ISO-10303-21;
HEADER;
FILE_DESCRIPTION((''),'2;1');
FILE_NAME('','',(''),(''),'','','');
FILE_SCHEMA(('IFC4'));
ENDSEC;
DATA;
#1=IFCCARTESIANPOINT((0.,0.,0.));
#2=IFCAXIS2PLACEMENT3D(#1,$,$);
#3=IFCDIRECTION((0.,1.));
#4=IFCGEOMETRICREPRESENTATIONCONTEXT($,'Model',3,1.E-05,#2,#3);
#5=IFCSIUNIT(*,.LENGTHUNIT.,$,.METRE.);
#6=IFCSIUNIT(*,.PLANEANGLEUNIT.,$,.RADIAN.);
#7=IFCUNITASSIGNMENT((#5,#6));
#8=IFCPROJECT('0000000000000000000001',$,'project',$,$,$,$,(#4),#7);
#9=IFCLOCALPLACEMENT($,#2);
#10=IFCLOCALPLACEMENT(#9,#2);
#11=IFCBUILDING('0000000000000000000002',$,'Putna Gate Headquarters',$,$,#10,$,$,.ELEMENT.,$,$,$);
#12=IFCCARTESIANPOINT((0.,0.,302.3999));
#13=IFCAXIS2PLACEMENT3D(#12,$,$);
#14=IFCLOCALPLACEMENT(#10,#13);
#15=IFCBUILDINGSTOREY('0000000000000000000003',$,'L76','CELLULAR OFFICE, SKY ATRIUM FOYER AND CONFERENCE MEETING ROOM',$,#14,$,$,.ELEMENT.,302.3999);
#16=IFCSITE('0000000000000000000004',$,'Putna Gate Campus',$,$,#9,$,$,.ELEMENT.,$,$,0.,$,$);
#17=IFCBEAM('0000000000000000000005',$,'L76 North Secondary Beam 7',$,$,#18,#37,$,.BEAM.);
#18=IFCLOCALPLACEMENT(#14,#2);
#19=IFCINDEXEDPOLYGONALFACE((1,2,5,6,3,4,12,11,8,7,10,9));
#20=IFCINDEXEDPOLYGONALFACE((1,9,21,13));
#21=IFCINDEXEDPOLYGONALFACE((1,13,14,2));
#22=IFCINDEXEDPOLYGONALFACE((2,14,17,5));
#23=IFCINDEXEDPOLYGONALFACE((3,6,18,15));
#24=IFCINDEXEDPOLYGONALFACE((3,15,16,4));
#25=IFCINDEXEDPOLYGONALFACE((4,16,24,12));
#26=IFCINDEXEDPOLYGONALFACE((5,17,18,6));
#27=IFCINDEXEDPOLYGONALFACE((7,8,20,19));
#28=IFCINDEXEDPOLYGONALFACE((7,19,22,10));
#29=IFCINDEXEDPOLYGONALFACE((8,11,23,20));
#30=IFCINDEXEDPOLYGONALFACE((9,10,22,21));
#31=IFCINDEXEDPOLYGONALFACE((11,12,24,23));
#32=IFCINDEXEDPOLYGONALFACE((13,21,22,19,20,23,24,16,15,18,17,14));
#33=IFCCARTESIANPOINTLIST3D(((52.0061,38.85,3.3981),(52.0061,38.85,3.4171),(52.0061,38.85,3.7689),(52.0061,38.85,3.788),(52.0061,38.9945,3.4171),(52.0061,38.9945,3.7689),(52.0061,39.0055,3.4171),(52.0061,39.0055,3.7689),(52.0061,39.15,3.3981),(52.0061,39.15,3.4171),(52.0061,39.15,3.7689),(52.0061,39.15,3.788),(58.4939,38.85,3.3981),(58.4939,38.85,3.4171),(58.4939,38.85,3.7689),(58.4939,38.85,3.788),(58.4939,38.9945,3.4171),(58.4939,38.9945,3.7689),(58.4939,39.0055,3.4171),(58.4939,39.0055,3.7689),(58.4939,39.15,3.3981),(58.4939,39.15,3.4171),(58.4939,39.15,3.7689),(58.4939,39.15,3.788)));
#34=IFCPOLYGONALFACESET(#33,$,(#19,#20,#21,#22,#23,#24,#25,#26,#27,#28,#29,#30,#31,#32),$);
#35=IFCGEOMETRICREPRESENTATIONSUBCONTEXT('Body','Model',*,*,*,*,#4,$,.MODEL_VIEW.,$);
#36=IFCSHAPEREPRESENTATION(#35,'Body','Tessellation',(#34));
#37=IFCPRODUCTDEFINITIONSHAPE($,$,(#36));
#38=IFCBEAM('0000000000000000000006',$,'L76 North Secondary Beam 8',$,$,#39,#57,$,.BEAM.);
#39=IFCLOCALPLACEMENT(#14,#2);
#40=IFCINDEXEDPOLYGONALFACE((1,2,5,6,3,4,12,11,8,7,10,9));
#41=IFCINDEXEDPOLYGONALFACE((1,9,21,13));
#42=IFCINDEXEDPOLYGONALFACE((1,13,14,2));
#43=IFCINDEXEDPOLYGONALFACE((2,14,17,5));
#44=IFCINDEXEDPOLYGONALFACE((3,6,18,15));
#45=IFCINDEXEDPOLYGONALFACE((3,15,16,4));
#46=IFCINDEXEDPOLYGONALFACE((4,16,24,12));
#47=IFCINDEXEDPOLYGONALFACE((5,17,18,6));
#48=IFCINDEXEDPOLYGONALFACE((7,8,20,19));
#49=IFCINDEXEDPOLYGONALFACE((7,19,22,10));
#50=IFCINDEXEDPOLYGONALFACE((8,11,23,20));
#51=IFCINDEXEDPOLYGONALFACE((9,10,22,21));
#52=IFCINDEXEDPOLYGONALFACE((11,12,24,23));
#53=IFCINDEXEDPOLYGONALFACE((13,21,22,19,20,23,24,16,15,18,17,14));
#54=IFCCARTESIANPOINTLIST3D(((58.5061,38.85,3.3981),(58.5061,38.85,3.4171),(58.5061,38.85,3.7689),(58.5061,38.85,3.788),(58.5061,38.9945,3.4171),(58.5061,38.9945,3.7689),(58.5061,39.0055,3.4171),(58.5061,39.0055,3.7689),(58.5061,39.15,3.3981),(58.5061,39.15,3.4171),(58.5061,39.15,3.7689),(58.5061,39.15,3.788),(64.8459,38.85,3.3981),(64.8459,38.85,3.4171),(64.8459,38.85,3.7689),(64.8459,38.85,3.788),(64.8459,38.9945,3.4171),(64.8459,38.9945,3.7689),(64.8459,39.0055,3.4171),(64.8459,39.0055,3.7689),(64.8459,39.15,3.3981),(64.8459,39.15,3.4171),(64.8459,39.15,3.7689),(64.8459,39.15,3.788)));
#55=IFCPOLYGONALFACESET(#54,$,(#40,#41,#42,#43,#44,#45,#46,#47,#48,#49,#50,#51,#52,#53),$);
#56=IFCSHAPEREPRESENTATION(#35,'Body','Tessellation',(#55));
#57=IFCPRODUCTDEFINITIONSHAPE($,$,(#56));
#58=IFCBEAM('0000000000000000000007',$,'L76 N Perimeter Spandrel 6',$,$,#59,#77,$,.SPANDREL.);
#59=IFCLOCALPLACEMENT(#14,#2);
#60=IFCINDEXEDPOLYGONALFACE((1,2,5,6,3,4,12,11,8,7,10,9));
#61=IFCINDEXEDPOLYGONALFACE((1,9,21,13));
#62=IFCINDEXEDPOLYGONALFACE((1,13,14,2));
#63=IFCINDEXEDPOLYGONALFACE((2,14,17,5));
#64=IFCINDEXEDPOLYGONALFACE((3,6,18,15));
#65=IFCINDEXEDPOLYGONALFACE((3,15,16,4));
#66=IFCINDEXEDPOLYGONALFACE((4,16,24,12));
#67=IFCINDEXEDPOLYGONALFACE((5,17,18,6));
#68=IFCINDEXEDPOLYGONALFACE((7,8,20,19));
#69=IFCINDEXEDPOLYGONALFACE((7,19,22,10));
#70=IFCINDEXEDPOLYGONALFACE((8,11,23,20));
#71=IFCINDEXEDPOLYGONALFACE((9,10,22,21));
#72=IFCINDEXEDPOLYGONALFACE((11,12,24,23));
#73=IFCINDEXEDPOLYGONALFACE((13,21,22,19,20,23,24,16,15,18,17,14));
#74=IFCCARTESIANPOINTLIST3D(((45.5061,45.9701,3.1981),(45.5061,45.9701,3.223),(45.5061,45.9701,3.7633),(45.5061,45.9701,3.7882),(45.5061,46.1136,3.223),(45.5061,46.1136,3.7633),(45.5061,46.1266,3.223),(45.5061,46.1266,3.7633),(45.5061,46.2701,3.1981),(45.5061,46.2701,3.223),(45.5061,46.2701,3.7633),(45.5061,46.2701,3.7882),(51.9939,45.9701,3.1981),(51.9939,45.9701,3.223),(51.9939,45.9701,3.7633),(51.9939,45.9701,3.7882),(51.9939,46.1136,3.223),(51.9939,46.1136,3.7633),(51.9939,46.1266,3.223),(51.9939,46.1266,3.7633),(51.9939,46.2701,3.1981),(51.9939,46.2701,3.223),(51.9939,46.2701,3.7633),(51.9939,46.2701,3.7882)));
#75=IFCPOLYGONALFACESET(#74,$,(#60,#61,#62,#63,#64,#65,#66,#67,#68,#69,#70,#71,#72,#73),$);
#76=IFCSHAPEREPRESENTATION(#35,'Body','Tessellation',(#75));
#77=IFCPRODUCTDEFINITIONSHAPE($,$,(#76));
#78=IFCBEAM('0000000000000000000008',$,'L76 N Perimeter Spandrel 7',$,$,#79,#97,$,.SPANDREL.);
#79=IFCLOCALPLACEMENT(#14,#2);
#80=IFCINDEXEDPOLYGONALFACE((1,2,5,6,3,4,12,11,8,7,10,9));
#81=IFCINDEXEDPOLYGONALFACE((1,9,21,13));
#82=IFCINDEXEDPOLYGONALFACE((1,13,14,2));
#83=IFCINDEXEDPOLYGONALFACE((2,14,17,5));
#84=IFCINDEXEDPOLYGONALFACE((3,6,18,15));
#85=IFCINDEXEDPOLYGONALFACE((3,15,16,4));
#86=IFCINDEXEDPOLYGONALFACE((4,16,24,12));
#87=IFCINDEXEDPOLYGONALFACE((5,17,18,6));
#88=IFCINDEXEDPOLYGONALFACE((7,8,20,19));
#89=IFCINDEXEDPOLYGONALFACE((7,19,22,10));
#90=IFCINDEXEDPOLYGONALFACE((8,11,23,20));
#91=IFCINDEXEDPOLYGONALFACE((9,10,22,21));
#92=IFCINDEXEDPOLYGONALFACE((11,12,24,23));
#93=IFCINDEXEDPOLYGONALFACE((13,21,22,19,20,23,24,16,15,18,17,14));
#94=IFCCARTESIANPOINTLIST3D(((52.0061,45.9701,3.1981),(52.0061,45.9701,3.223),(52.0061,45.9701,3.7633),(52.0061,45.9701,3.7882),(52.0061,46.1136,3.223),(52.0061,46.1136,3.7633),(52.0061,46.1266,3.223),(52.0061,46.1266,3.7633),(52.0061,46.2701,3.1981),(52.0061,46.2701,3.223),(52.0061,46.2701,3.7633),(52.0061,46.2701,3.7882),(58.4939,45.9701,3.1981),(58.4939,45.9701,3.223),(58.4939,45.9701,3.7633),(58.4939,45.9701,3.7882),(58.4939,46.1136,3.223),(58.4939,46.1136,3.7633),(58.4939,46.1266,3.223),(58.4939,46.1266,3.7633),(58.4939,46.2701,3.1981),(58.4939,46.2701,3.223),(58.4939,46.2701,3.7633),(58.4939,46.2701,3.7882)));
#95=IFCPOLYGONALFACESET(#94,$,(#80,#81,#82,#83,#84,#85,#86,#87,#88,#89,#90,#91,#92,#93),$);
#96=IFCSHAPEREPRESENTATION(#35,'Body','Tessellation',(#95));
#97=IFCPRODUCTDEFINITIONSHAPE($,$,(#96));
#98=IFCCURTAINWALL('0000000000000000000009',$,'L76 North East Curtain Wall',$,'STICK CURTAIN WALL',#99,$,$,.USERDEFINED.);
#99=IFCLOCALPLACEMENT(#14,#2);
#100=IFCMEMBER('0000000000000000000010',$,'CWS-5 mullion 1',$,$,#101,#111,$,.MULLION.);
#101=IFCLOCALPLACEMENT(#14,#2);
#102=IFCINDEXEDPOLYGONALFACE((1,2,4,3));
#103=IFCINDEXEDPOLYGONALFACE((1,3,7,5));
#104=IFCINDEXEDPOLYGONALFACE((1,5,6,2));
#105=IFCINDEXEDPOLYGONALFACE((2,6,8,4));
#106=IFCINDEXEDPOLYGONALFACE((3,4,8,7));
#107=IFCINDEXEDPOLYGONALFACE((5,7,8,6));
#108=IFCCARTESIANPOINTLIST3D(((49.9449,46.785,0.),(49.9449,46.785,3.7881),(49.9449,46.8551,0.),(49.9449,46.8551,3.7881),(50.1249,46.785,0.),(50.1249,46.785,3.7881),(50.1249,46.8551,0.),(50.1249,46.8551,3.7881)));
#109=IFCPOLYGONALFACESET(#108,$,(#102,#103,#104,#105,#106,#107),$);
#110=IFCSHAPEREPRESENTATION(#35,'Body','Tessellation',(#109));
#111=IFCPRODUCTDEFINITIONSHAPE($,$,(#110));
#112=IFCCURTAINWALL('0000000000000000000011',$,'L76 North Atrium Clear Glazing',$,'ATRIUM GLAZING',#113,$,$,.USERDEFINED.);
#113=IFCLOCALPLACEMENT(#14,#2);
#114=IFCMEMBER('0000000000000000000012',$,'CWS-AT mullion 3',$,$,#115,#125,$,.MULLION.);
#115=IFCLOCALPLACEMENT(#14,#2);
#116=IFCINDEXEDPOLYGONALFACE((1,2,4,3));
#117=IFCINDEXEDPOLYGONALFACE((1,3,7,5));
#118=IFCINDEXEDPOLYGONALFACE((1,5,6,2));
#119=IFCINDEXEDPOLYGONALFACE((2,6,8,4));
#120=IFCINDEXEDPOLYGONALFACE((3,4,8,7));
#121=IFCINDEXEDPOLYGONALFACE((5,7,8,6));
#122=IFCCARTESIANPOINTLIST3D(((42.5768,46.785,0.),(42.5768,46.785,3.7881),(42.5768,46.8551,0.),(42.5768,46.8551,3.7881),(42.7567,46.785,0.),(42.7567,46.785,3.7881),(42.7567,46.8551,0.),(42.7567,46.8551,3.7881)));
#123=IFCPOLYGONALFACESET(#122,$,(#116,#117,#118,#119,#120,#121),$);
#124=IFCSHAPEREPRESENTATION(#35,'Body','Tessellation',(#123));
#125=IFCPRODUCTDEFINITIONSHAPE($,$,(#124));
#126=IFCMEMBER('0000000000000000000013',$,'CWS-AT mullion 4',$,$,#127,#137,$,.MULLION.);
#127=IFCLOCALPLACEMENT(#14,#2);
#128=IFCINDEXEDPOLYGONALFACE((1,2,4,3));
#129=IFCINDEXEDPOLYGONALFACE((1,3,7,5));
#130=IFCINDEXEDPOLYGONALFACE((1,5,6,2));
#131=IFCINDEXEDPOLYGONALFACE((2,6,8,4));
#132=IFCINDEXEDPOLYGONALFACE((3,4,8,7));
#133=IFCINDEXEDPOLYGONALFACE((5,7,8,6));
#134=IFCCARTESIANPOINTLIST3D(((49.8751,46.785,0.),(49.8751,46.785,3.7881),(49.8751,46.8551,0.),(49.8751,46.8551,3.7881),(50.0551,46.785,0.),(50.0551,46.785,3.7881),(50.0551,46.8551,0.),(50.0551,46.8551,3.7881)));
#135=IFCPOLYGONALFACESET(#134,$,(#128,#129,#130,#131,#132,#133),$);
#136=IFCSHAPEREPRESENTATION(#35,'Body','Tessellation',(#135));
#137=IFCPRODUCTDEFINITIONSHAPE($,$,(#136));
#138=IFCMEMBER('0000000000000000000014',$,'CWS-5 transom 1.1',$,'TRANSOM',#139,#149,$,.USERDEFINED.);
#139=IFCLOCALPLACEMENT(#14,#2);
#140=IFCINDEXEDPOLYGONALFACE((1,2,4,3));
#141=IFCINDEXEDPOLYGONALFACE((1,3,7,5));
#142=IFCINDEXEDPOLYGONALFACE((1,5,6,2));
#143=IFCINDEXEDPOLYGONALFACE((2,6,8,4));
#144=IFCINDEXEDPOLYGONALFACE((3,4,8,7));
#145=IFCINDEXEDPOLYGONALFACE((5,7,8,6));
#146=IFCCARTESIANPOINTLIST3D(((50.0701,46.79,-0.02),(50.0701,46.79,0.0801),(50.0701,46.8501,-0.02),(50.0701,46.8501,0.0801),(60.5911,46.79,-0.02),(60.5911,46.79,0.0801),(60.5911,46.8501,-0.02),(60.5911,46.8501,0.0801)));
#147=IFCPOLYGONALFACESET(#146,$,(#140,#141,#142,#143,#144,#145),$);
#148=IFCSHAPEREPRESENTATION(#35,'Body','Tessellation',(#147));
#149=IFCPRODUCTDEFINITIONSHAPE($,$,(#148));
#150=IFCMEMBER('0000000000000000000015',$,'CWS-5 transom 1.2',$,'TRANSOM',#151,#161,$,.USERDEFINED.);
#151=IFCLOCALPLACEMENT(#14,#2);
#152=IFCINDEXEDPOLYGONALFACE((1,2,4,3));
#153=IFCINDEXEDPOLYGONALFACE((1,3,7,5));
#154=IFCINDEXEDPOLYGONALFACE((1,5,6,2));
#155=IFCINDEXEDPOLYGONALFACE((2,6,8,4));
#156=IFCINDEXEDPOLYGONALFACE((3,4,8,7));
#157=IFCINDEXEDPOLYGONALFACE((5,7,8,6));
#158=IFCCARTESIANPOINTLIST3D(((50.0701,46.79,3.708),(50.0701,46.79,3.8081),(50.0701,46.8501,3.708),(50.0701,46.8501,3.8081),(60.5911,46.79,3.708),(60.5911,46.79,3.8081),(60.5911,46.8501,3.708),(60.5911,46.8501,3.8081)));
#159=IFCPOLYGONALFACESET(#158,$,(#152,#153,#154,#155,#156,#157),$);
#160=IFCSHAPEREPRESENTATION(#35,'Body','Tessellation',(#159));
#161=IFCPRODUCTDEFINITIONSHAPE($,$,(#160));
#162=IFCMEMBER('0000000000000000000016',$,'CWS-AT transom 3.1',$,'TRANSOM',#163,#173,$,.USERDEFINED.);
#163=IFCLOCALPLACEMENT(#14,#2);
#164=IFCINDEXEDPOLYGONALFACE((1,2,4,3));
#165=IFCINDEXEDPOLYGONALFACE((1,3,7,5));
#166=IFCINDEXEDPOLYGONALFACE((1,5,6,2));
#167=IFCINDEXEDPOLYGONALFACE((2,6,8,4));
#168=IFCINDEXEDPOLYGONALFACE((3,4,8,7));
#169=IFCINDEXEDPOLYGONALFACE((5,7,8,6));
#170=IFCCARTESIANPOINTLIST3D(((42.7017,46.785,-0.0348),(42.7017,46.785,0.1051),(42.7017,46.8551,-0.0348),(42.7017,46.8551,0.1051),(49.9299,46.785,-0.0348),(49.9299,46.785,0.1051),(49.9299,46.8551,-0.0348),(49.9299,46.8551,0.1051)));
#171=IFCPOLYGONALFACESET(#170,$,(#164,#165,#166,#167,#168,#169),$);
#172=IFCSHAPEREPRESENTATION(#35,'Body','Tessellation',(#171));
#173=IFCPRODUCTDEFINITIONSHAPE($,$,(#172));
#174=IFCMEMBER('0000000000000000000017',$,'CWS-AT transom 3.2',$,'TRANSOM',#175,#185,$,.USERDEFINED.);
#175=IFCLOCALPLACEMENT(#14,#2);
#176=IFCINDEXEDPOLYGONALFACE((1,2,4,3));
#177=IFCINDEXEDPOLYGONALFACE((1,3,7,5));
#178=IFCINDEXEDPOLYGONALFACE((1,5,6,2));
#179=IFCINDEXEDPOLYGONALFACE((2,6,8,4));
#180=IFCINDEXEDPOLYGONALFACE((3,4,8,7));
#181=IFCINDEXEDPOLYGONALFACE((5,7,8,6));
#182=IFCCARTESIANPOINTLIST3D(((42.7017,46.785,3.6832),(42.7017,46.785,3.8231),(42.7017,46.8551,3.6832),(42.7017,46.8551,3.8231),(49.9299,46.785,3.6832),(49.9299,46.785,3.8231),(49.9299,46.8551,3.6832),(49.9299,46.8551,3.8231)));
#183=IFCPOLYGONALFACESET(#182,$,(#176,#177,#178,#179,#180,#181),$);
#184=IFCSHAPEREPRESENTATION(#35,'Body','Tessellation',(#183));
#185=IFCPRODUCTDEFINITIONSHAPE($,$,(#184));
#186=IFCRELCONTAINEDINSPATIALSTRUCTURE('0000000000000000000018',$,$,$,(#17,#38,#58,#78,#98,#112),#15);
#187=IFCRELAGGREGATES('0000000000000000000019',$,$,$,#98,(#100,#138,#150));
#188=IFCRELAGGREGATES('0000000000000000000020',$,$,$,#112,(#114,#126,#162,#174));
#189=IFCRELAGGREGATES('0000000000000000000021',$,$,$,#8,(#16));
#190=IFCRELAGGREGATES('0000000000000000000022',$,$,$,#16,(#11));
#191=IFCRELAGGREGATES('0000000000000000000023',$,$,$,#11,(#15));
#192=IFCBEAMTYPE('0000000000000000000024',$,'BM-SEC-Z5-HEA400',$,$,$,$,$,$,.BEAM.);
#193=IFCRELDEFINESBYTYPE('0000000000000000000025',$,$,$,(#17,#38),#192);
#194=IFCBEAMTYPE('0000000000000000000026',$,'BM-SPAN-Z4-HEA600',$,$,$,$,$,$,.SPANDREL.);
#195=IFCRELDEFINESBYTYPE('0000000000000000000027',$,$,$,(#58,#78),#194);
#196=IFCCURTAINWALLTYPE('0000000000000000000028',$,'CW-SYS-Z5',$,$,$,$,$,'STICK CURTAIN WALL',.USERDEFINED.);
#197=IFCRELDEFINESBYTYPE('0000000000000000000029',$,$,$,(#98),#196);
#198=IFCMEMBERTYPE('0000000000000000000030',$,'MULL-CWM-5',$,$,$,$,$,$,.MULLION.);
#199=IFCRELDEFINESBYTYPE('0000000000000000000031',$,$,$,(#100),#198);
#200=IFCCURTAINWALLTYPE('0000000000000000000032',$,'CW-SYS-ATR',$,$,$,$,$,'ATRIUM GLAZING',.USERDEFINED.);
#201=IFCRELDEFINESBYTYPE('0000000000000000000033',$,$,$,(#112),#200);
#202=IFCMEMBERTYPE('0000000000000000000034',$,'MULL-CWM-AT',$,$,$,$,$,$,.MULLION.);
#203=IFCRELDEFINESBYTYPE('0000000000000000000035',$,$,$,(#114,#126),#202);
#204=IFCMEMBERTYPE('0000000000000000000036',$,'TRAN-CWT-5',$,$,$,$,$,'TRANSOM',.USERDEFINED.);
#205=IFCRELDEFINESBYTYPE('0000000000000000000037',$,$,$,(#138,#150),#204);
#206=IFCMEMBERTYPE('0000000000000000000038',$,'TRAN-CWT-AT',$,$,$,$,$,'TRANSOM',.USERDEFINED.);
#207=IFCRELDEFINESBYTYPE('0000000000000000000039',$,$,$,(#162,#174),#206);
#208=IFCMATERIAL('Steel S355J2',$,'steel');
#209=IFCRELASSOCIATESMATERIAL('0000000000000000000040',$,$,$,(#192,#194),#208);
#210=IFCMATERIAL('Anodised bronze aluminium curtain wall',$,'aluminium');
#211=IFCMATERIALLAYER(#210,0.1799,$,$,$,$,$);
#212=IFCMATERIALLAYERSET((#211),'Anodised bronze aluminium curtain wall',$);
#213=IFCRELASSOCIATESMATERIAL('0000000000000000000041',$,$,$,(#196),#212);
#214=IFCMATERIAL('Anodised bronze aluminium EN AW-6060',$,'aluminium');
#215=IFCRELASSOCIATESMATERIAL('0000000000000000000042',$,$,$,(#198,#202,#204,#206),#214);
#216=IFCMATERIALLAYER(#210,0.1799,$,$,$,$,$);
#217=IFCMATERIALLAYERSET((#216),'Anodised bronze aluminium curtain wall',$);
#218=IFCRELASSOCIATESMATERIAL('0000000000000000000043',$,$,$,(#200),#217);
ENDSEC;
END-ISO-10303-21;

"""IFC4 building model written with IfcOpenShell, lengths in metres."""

from ifc_helpers import new_model, si_unit, direction, frame, origin, origin_2d, place, context, subcontext, project, spatial, rectangle, i_section, extrude, material, layer, layer_set, material_profile, profile_set, type_object, element, aggregate, save


model = new_model("IFC4")

# Units and contexts
model_context = context("Model", 3, precision=1e-05, world=origin(), true_north=direction((0.0, 1.0)))
body_context = subcontext(model_context, "Body", "Model", "MODEL_VIEW")
ifc_project = project(units=[si_unit("LENGTHUNIT", "METRE"), si_unit("PLANEANGLEUNIT", "RADIAN")], contexts=[model_context])

# Site, building, storey
site_placement = place(None, origin())
site = spatial("IfcSite", under=ifc_project, at=site_placement, Name="Putna Gate Campus", CompositionType="ELEMENT", RefElevation=0.0)
building_placement = place(site_placement, origin())
building = spatial("IfcBuilding", under=site, at=building_placement, Name="Putna Gate Headquarters", CompositionType="ELEMENT")
storey_placement = place(building_placement, frame((0.0, 0.0, 302.3999)))
storey = spatial("IfcBuildingStorey", under=building, at=storey_placement, Name="L76", Description="CELLULAR OFFICE, SKY ATRIUM FOYER AND CONFERENCE MEETING ROOM", CompositionType="ELEMENT", Elevation=302.3999)

# Beams
ifc_material_1 = material(Name="Steel S355J2", Category="steel")
ifc_material_profile_1 = material_profile(ifc_material_1, i_section(OverallWidth=0.3, OverallDepth=0.3899, WebThickness=0.011, FlangeThickness=0.019, at=origin_2d()), Name="Steel S355J2")
ifc_profile_set_1 = profile_set([ifc_material_profile_1], Name="Steel S355J2")
beam_type_1 = type_object("IfcBeamType", Name="BM-SEC-Z5-HEA400", PredefinedType="BEAM", material=ifc_profile_set_1)
beam_1_placement = place(storey_placement, frame((52.0061, 39.0, 3.593), z_axis=(1.0, 0.0, 0.0), x_axis=(0.0, 1.0, 0.0)))
element("IfcBeam", 1, at=beam_1_placement, inside=storey, type_object=beam_type_1, Name="L76 North Secondary Beam 7", PredefinedType="BEAM", context=body_context, shape_type="SweptSolid", body=[
    extrude(i_section(OverallWidth=0.3, OverallDepth=0.3899, WebThickness=0.011, FlangeThickness=0.019, at=origin_2d()), origin(), (0.0, 0.0, 1.0), 6.4878),
])
beam_2_placement = place(storey_placement, frame((58.5061, 39.0, 3.593), z_axis=(1.0, 0.0, 0.0), x_axis=(0.0, 1.0, 0.0)))
element("IfcBeam", 2, at=beam_2_placement, inside=storey, type_object=beam_type_1, Name="L76 North Secondary Beam 8", PredefinedType="BEAM", context=body_context, shape_type="SweptSolid", body=[
    extrude(i_section(OverallWidth=0.3, OverallDepth=0.3899, WebThickness=0.011, FlangeThickness=0.019, at=origin_2d()), origin(), (0.0, 0.0, 1.0), 6.3398),
])
ifc_material_profile_2 = material_profile(ifc_material_1, i_section(OverallWidth=0.3, OverallDepth=0.5901, WebThickness=0.0129, FlangeThickness=0.0249, at=origin_2d()), Name="Steel S355J2")
ifc_profile_set_2 = profile_set([ifc_material_profile_2], Name="Steel S355J2")
beam_type_2 = type_object("IfcBeamType", Name="BM-SPAN-Z4-HEA600", PredefinedType="SPANDREL", material=ifc_profile_set_2)
for number, where, z_axis, x_axis, name in (
    (3, (45.5061, 46.1201, 3.4932), (1.0, 0.0, 0.0), (0.0, 1.0, 0.0), "L76 N Perimeter Spandrel 6"),
    (4, (52.0061, 46.1201, 3.4932), (1.0, 0.0, 0.0), (0.0, 1.0, 0.0), "L76 N Perimeter Spandrel 7"),
):
    element("IfcBeam", number, at=place(storey_placement, frame(where, z_axis=z_axis, x_axis=x_axis)), inside=storey, type_object=beam_type_2, Name=name, PredefinedType="SPANDREL", context=body_context, shape_type="SweptSolid", body=[
        extrude(i_section(OverallWidth=0.3, OverallDepth=0.5901, WebThickness=0.0129, FlangeThickness=0.0249, at=origin_2d()), origin(), (0.0, 0.0, 1.0), 6.4878),
    ])

# Curtain wall, member
ifc_material_2 = material(Name="Anodised bronze aluminium curtain wall", Category="aluminium")
ifc_layer_1 = layer(ifc_material_2, 0.1799)
ifc_layer_set_1 = layer_set([ifc_layer_1], Name="Anodised bronze aluminium curtain wall")
curtain_wall_type_1 = type_object("IfcCurtainWallType", Name="CW-SYS-Z5", ElementType="STICK CURTAIN WALL", PredefinedType="USERDEFINED", material=ifc_layer_set_1)
curtain_wall_1_placement = place(storey_placement, origin())
curtain_wall_1 = element("IfcCurtainWall", 5, at=curtain_wall_1_placement, inside=storey, type_object=curtain_wall_type_1, Name="L76 North East Curtain Wall", ObjectType="STICK CURTAIN WALL", PredefinedType="USERDEFINED")
ifc_material_3 = material(Name="Anodised bronze aluminium EN AW-6060", Category="aluminium")
ifc_material_profile_3 = material_profile(ifc_material_3, rectangle(XDim=0.0701, YDim=0.1799, at=origin_2d()), Name="Anodised bronze aluminium EN AW-6060")
ifc_profile_set_3 = profile_set([ifc_material_profile_3], Name="Anodised bronze aluminium EN AW-6060")
member_type_1 = type_object("IfcMemberType", Name="MULL-CWM-5", PredefinedType="MULLION", material=ifc_profile_set_3)
member_1_placement = place(storey_placement, frame((50.0349, 46.8201, 0.0), z_axis=(0.0, 0.0, 1.0), x_axis=(0.0, 1.0, 0.0)))
member_1 = element("IfcMember", 6, at=member_1_placement, type_object=member_type_1, Name="CWS-5 mullion 1", PredefinedType="MULLION", context=body_context, shape_type="SweptSolid", body=[
    extrude(rectangle(XDim=0.0701, YDim=0.1799, at=origin_2d()), origin(), (0.0, 0.0, 1.0), 3.7881),
])

# Curtain wall, members
ifc_layer_2 = layer(ifc_material_2, 0.1799)
ifc_layer_set_2 = layer_set([ifc_layer_2], Name="Anodised bronze aluminium curtain wall")
curtain_wall_type_2 = type_object("IfcCurtainWallType", Name="CW-SYS-ATR", ElementType="ATRIUM GLAZING", PredefinedType="USERDEFINED", material=ifc_layer_set_2)
curtain_wall_2_placement = place(storey_placement, origin())
curtain_wall_2 = element("IfcCurtainWall", 7, at=curtain_wall_2_placement, inside=storey, type_object=curtain_wall_type_2, Name="L76 North Atrium Clear Glazing", ObjectType="ATRIUM GLAZING", PredefinedType="USERDEFINED")
ifc_material_profile_4 = material_profile(ifc_material_3, rectangle(XDim=0.0701, YDim=0.1799, at=origin_2d()), Name="Anodised bronze aluminium EN AW-6060")
ifc_profile_set_4 = profile_set([ifc_material_profile_4], Name="Anodised bronze aluminium EN AW-6060")
member_type_2 = type_object("IfcMemberType", Name="MULL-CWM-AT", PredefinedType="MULLION", material=ifc_profile_set_4)
member_2_placement = place(storey_placement, frame((42.6667, 46.8201, 0.0), z_axis=(0.0, 0.0, 1.0), x_axis=(0.0, 1.0, 0.0)))
member_2 = element("IfcMember", 8, at=member_2_placement, type_object=member_type_2, Name="CWS-AT mullion 3", PredefinedType="MULLION", context=body_context, shape_type="SweptSolid", body=[
    extrude(rectangle(XDim=0.0701, YDim=0.1799, at=origin_2d()), origin(), (0.0, 0.0, 1.0), 3.7881),
])
member_3_placement = place(storey_placement, frame((49.9651, 46.8201, 0.0), z_axis=(0.0, 0.0, 1.0), x_axis=(0.0, 1.0, 0.0)))
member_3 = element("IfcMember", 9, at=member_3_placement, type_object=member_type_2, Name="CWS-AT mullion 4", PredefinedType="MULLION", context=body_context, shape_type="SweptSolid", body=[
    extrude(rectangle(XDim=0.0701, YDim=0.1799, at=origin_2d()), origin(), (0.0, 0.0, 1.0), 3.7881),
])

# Members
ifc_material_profile_5 = material_profile(ifc_material_3, rectangle(XDim=0.0601, YDim=0.1001, at=origin_2d()), Name="Anodised bronze aluminium EN AW-6060")
ifc_profile_set_5 = profile_set([ifc_material_profile_5], Name="Anodised bronze aluminium EN AW-6060")
member_type_3 = type_object("IfcMemberType", Name="TRAN-CWT-5", ElementType="TRANSOM", PredefinedType="USERDEFINED", material=ifc_profile_set_5)
member_4_placement = place(storey_placement, frame((50.0701, 46.8201, 0.03), z_axis=(1.0, 0.0, 0.0), x_axis=(0.0, 1.0, 0.0)))
member_4 = element("IfcMember", 10, at=member_4_placement, type_object=member_type_3, Name="CWS-5 transom 1.1", ObjectType="TRANSOM", PredefinedType="USERDEFINED", context=body_context, shape_type="SweptSolid", body=[
    extrude(rectangle(XDim=0.0601, YDim=0.1001, at=origin_2d()), origin(), (0.0, 0.0, 1.0), 10.521),
])
member_5_placement = place(storey_placement, frame((50.0701, 46.8201, 3.7581), z_axis=(1.0, 0.0, 0.0), x_axis=(0.0, 1.0, 0.0)))
member_5 = element("IfcMember", 11, at=member_5_placement, type_object=member_type_3, Name="CWS-5 transom 1.2", ObjectType="TRANSOM", PredefinedType="USERDEFINED", context=body_context, shape_type="SweptSolid", body=[
    extrude(rectangle(XDim=0.0601, YDim=0.1001, at=origin_2d()), origin(), (0.0, 0.0, 1.0), 10.521),
])
ifc_material_profile_6 = material_profile(ifc_material_3, rectangle(XDim=0.0701, YDim=0.1399, at=origin_2d()), Name="Anodised bronze aluminium EN AW-6060")
ifc_profile_set_6 = profile_set([ifc_material_profile_6], Name="Anodised bronze aluminium EN AW-6060")
member_type_4 = type_object("IfcMemberType", Name="TRAN-CWT-AT", ElementType="TRANSOM", PredefinedType="USERDEFINED", material=ifc_profile_set_6)
member_6_placement = place(storey_placement, frame((42.7017, 46.8201, 0.0352), z_axis=(1.0, 0.0, 0.0), x_axis=(0.0, 1.0, 0.0)))
member_6 = element("IfcMember", 12, at=member_6_placement, type_object=member_type_4, Name="CWS-AT transom 3.1", ObjectType="TRANSOM", PredefinedType="USERDEFINED", context=body_context, shape_type="SweptSolid", body=[
    extrude(rectangle(XDim=0.0701, YDim=0.1399, at=origin_2d()), origin(), (0.0, 0.0, 1.0), 7.2283),
])
member_7_placement = place(storey_placement, frame((42.7017, 46.8201, 3.7532), z_axis=(1.0, 0.0, 0.0), x_axis=(0.0, 1.0, 0.0)))
member_7 = element("IfcMember", 13, at=member_7_placement, type_object=member_type_4, Name="CWS-AT transom 3.2", ObjectType="TRANSOM", PredefinedType="USERDEFINED", context=body_context, shape_type="SweptSolid", body=[
    extrude(rectangle(XDim=0.0701, YDim=0.1399, at=origin_2d()), origin(), (0.0, 0.0, 1.0), 7.2283),
])

aggregate(curtain_wall_1, [member_1, member_4, member_5])
aggregate(curtain_wall_2, [member_2, member_3, member_6, member_7])

save(model, "model.ifc")
